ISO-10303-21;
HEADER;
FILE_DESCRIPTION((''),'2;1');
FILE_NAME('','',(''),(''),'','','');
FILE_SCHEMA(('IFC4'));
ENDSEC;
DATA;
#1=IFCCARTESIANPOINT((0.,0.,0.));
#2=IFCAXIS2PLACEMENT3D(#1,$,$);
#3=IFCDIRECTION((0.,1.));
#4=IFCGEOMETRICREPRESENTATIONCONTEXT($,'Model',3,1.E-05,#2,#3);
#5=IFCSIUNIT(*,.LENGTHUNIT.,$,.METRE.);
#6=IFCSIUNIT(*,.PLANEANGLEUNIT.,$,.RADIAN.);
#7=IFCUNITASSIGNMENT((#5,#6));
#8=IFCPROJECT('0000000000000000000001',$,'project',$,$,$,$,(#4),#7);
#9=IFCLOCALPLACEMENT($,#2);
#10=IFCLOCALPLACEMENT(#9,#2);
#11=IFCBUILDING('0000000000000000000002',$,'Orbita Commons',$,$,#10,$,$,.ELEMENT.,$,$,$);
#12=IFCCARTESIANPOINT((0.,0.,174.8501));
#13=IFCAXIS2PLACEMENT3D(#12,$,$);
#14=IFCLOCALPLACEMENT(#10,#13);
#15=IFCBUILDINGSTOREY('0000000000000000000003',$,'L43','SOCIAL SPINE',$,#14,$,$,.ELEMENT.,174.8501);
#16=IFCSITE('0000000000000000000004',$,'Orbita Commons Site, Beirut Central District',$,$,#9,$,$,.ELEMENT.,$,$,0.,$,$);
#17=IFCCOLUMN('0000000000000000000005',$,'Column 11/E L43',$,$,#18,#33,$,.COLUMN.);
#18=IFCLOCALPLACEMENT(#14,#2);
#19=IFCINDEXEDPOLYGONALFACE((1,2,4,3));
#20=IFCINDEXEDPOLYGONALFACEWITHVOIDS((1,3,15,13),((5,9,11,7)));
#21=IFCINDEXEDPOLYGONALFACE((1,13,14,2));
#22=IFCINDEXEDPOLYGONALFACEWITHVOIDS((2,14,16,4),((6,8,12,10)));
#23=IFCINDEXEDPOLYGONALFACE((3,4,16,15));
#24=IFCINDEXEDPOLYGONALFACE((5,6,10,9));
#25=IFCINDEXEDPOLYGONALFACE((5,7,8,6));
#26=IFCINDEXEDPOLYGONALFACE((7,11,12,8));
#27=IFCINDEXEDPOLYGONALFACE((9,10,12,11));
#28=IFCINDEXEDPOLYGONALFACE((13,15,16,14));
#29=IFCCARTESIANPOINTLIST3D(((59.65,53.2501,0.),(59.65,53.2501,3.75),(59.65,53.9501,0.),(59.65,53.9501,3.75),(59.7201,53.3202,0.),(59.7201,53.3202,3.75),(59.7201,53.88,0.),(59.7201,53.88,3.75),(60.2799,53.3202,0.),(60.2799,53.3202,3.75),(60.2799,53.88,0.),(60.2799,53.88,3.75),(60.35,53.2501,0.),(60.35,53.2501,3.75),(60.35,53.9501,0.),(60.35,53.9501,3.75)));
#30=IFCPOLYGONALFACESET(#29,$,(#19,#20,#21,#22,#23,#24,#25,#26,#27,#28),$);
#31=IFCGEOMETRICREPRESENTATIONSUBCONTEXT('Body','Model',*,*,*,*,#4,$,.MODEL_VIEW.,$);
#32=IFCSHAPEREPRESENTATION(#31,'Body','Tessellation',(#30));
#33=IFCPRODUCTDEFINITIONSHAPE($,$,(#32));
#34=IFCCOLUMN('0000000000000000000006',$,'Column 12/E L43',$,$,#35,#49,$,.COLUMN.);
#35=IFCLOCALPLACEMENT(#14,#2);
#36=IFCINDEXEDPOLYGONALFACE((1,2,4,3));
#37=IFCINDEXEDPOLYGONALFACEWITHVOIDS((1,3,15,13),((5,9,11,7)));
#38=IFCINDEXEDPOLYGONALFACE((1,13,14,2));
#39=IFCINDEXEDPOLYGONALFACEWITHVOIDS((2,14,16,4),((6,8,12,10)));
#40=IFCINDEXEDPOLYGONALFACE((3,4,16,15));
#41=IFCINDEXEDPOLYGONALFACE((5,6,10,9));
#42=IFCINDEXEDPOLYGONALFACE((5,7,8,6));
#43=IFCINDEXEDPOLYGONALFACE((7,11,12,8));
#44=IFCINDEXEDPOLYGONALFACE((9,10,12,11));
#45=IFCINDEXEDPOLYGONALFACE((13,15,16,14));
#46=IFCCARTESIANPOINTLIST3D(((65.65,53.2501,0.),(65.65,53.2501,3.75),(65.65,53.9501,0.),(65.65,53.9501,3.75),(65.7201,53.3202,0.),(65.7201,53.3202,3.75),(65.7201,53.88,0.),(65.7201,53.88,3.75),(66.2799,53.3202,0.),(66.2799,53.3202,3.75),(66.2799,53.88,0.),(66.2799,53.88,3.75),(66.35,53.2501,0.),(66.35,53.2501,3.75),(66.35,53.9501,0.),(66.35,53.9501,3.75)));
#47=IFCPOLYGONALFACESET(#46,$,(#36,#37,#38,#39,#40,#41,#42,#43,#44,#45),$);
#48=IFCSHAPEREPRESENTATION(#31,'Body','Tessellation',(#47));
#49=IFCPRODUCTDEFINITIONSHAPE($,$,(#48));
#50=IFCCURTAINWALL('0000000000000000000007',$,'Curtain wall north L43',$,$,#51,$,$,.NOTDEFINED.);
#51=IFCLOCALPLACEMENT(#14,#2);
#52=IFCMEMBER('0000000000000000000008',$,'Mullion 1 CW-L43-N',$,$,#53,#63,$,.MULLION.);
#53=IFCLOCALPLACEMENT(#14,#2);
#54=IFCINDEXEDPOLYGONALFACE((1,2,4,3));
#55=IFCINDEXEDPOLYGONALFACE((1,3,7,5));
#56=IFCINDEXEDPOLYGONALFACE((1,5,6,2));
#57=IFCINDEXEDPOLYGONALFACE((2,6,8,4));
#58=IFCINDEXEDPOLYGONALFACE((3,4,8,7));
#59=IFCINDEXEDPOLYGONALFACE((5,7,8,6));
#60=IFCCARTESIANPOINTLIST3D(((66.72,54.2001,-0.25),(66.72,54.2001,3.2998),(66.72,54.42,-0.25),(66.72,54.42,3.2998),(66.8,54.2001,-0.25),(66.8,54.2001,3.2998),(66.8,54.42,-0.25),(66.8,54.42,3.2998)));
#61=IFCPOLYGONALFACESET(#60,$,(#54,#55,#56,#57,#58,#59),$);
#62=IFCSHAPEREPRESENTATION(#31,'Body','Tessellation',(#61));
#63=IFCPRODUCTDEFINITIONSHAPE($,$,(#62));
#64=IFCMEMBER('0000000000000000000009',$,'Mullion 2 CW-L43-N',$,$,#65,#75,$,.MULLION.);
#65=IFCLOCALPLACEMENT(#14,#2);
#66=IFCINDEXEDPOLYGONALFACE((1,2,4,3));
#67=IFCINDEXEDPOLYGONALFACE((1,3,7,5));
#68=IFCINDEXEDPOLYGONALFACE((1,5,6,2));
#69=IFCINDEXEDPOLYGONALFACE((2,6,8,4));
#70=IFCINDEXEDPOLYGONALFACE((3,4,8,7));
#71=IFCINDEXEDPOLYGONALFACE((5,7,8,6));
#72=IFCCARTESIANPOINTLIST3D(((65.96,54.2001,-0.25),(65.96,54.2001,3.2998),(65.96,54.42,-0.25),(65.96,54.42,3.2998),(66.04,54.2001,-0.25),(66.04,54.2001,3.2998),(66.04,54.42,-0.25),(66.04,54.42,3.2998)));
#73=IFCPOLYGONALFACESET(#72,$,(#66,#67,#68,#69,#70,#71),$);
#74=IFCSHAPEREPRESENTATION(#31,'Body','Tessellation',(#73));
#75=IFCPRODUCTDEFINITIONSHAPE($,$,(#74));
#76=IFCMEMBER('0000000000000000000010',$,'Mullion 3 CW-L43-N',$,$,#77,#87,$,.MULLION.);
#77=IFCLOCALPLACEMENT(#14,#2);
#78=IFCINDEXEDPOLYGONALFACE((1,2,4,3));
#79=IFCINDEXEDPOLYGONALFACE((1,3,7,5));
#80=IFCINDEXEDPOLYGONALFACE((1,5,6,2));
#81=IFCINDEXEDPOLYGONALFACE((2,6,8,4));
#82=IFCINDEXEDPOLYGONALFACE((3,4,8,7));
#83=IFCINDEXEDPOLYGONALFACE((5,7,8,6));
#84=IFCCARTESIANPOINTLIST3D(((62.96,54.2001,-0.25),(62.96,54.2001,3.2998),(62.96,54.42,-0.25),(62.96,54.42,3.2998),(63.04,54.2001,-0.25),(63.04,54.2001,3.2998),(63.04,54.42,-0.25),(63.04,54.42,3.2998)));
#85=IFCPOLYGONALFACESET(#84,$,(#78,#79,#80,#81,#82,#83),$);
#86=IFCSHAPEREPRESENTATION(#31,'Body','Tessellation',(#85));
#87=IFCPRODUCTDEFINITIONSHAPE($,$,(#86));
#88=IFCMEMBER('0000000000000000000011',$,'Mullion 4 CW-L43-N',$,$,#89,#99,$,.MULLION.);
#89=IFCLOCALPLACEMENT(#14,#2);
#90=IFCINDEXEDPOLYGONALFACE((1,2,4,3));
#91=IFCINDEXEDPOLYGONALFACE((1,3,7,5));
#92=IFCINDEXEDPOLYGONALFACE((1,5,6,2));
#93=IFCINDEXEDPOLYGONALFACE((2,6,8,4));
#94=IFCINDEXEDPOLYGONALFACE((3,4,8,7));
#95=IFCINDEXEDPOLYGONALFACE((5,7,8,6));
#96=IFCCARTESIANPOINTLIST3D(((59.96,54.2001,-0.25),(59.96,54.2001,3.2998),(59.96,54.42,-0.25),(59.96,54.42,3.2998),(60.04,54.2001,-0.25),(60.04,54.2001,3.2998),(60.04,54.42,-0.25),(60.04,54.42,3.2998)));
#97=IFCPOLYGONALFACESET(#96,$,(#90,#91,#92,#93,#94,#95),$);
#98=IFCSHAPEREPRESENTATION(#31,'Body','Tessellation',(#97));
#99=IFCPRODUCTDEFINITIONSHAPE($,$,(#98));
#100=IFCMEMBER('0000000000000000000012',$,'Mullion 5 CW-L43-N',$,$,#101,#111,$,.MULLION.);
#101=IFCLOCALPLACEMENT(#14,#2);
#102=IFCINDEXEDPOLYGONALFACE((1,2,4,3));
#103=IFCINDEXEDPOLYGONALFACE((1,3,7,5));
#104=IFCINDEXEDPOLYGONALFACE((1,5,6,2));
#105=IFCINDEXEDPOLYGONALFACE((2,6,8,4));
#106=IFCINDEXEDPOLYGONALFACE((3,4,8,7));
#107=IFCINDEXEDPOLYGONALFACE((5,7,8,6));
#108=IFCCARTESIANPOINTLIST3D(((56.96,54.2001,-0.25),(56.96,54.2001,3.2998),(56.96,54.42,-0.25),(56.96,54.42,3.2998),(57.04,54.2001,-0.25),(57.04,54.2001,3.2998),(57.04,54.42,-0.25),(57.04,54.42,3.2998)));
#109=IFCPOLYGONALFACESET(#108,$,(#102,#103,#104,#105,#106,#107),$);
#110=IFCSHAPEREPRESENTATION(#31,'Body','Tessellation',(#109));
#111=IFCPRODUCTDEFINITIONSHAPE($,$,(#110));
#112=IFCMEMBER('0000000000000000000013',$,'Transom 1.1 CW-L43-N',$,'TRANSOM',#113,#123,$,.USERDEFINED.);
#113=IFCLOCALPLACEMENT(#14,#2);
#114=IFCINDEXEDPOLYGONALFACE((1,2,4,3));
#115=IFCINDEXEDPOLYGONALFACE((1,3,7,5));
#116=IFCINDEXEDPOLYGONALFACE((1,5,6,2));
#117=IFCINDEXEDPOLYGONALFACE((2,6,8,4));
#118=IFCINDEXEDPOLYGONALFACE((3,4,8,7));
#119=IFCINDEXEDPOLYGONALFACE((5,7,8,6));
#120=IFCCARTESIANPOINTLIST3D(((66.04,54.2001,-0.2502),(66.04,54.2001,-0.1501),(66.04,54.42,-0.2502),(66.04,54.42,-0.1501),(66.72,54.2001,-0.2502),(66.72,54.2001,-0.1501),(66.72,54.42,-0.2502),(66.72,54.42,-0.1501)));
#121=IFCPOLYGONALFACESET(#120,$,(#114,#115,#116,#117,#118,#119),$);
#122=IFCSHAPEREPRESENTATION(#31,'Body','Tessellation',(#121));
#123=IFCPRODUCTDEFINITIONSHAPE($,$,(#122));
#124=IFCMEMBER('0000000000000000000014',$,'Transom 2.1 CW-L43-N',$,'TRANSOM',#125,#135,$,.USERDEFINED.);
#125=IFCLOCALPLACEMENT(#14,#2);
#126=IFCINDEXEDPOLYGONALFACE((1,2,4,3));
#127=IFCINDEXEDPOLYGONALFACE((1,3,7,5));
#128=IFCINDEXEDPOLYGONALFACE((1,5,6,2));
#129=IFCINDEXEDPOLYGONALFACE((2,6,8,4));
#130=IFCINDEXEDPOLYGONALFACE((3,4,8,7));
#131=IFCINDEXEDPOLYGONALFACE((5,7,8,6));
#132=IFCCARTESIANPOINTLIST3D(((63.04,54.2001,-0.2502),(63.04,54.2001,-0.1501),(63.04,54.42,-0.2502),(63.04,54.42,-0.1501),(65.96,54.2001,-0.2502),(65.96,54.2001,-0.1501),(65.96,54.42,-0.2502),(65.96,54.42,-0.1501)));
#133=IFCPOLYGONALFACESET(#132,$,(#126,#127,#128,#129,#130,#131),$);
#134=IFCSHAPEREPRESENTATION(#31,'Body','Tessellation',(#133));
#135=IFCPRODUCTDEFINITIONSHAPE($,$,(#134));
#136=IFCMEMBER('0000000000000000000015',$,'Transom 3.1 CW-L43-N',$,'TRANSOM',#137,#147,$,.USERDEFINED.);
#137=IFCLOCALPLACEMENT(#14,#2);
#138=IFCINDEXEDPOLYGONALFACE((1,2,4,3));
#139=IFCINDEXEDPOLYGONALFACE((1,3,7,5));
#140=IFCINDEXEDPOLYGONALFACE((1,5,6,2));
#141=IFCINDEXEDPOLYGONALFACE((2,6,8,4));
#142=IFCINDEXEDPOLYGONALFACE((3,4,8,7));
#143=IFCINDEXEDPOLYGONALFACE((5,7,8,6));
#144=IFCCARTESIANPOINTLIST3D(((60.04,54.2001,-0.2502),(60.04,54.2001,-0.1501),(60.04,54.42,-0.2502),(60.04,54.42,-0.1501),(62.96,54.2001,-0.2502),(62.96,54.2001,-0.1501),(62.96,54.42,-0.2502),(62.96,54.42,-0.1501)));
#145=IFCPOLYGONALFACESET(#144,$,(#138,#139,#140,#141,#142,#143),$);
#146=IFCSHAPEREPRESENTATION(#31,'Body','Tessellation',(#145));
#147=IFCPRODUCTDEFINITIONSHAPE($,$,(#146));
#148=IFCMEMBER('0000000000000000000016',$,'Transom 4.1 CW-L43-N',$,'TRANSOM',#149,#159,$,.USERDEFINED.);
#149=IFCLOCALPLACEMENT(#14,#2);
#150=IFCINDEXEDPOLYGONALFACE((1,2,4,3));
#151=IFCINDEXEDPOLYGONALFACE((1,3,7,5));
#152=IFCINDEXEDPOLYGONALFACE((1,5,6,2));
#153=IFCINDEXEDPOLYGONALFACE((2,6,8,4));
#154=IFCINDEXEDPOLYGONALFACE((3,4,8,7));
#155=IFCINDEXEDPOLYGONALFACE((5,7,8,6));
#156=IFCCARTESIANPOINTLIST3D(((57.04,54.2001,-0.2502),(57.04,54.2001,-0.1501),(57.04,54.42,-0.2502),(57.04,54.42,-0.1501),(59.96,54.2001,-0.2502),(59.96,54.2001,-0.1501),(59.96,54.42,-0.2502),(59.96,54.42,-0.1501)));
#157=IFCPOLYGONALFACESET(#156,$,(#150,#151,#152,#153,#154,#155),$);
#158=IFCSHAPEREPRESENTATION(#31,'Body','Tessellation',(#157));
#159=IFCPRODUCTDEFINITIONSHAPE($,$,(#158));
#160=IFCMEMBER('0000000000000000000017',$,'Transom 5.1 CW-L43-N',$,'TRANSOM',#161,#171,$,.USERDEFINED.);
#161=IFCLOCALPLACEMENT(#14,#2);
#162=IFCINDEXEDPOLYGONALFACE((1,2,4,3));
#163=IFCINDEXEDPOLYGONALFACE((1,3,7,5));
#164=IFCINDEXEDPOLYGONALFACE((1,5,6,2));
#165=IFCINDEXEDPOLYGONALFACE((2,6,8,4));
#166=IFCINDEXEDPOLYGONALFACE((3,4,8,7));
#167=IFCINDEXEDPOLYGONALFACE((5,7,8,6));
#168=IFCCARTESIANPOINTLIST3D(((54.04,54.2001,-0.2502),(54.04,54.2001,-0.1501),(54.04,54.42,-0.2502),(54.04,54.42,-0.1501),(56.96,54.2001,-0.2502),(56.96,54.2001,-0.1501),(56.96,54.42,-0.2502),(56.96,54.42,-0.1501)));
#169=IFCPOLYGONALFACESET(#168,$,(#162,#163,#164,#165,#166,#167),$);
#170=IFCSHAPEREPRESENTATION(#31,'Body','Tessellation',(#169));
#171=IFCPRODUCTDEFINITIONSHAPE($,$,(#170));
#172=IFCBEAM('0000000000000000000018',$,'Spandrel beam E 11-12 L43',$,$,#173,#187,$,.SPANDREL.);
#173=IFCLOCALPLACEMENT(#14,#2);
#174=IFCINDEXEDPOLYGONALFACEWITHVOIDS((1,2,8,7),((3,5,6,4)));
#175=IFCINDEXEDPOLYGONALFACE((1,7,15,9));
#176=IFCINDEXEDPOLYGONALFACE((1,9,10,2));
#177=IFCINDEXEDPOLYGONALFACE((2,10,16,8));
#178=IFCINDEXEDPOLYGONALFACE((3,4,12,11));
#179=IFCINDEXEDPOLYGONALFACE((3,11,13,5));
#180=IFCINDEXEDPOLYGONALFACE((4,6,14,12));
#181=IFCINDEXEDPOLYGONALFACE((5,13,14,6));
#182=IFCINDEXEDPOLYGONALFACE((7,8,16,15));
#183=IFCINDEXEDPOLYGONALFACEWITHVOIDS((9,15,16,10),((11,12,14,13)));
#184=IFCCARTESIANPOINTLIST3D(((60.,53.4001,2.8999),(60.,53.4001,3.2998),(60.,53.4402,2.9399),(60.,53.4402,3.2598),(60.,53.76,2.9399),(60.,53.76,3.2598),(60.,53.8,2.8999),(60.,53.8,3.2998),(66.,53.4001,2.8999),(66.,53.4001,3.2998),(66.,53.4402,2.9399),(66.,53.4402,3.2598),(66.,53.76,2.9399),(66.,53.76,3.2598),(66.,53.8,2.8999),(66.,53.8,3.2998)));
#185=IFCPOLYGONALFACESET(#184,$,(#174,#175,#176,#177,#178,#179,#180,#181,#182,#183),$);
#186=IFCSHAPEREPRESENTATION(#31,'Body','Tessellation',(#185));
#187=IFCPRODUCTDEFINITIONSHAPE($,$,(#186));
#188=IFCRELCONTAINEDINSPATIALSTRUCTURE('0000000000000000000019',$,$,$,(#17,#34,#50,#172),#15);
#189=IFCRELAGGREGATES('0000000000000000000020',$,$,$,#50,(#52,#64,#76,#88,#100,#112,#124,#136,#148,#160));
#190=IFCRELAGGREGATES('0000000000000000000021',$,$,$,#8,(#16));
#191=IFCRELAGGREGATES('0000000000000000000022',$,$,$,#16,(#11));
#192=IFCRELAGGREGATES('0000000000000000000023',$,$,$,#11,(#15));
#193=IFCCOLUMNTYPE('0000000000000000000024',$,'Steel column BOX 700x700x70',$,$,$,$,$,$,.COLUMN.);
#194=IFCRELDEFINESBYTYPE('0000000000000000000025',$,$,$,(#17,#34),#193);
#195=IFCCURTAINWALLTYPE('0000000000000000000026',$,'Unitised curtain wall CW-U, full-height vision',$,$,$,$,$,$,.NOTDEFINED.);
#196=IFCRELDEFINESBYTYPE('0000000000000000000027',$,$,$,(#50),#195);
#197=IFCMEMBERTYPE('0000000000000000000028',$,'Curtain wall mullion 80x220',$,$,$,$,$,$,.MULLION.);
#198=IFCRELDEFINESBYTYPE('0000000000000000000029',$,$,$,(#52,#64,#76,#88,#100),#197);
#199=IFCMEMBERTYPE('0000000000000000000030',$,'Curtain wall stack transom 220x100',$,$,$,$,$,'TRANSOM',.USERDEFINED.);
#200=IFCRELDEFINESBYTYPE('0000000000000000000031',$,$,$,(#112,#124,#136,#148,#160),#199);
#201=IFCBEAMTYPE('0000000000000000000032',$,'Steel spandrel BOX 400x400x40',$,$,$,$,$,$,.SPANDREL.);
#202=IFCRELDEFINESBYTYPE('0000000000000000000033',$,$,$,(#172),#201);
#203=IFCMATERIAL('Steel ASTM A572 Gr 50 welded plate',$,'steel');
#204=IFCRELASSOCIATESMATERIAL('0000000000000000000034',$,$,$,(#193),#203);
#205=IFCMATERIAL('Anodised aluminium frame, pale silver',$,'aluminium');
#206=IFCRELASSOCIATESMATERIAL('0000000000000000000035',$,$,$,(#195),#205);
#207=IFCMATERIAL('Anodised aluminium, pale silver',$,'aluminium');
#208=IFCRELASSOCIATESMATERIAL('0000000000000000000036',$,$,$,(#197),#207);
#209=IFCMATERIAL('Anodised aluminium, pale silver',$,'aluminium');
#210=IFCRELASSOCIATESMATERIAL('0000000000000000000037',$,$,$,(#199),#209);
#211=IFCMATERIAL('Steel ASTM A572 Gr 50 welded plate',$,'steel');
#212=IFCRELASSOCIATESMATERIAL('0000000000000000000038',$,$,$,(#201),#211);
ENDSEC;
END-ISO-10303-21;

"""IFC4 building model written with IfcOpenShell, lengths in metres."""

from ifc_helpers import new_model, si_unit, direction, frame, origin, origin_2d, place, context, subcontext, project, spatial, rectangle, hollow_rectangle, extrude, material, material_profile, profile_set, type_object, element, aggregate, save


model = new_model("IFC4")

# Units and contexts
model_context = context("Model", 3, precision=1e-05, world=origin(), true_north=direction((0.0, 1.0)))
body_context = subcontext(model_context, "Body", "Model", "MODEL_VIEW")
ifc_project = project(units=[si_unit("LENGTHUNIT", "METRE"), si_unit("PLANEANGLEUNIT", "RADIAN")], contexts=[model_context])

# Site, building, storey
site_placement = place(None, origin())
site = spatial("IfcSite", under=ifc_project, at=site_placement, Name="Orbita Commons Site, Beirut Central District", CompositionType="ELEMENT", RefElevation=0.0)
building_placement = place(site_placement, origin())
building = spatial("IfcBuilding", under=site, at=building_placement, Name="Orbita Commons", CompositionType="ELEMENT")
storey_placement = place(building_placement, frame((0.0, 0.0, 174.8501)))
storey = spatial("IfcBuildingStorey", under=building, at=storey_placement, Name="L43", Description="SOCIAL SPINE", CompositionType="ELEMENT", Elevation=174.8501)

# Columns
ifc_material_1 = material(Name="Steel ASTM A572 Gr 50 welded plate", Category="steel")
ifc_material_profile_1 = material_profile(ifc_material_1, hollow_rectangle(XDim=0.7, YDim=0.7, WallThickness=0.0701, at=origin_2d()), Name="BOX 700x700x70")
ifc_profile_set_1 = profile_set([ifc_material_profile_1], Name="Steel ASTM A572 Gr 50 welded plate")
column_type = type_object("IfcColumnType", Name="Steel column BOX 700x700x70", PredefinedType="COLUMN", material=ifc_profile_set_1)
for number, where, z_axis, x_axis, name in (
    (1, (60.0, 53.6001, 0.0), (0.0, 0.0, 1.0), (1.0, 0.0, 0.0), "Column 11/E L43"),
    (2, (66.0, 53.6001, 0.0), (0.0, 0.0, 1.0), (1.0, 0.0, 0.0), "Column 12/E L43"),
):
    element("IfcColumn", number, at=place(storey_placement, frame(where, z_axis=z_axis, x_axis=x_axis)), inside=storey, type_object=column_type, Name=name, PredefinedType="COLUMN", context=body_context, shape_type="SweptSolid", body=[
        extrude(hollow_rectangle(XDim=0.7, YDim=0.7, WallThickness=0.0701, at=origin_2d()), origin(), (0.0, 0.0, 1.0), 3.75),
    ])

# Curtain wall, members
ifc_material_2 = material(Name="Anodised aluminium frame, pale silver", Category="aluminium")
curtain_wall_type = type_object("IfcCurtainWallType", Name="Unitised curtain wall CW-U, full-height vision", PredefinedType="NOTDEFINED", material=ifc_material_2)
curtain_wall_placement = place(storey_placement, origin())
curtain_wall = element("IfcCurtainWall", 3, at=curtain_wall_placement, inside=storey, type_object=curtain_wall_type, Name="Curtain wall north L43", PredefinedType="NOTDEFINED")
ifc_material_3 = material(Name="Anodised aluminium, pale silver", Category="aluminium")
ifc_material_profile_2 = material_profile(ifc_material_3, rectangle(XDim=0.0801, YDim=0.22, at=origin_2d()), Name="AL 80x220")
ifc_profile_set_2 = profile_set([ifc_material_profile_2], Name="Anodised aluminium, pale silver")
member_type_1 = type_object("IfcMemberType", Name="Curtain wall mullion 80x220", PredefinedType="MULLION", material=ifc_profile_set_2)
member_1_placement = place(storey_placement, frame((66.76, 54.3101, -0.25), z_axis=(0.0, 0.0, 1.0), x_axis=(-1.0, 0.0, 0.0)))
member_1 = element("IfcMember", 4, at=member_1_placement, type_object=member_type_1, Name="Mullion 1 CW-L43-N", PredefinedType="MULLION", context=body_context, shape_type="SweptSolid", body=[
    extrude(rectangle(XDim=0.0801, YDim=0.22, at=origin_2d()), origin(), (0.0, 0.0, 1.0), 3.5498),
])
member_2_placement = place(storey_placement, frame((66.0, 54.3101, -0.25), z_axis=(0.0, 0.0, 1.0), x_axis=(-1.0, 0.0, 0.0)))
member_2 = element("IfcMember", 5, at=member_2_placement, type_object=member_type_1, Name="Mullion 2 CW-L43-N", PredefinedType="MULLION", context=body_context, shape_type="SweptSolid", body=[
    extrude(rectangle(XDim=0.0801, YDim=0.22, at=origin_2d()), origin(), (0.0, 0.0, 1.0), 3.5498),
])
member_3_placement = place(storey_placement, frame((63.0, 54.3101, -0.25), z_axis=(0.0, 0.0, 1.0), x_axis=(-1.0, 0.0, 0.0)))
member_3 = element("IfcMember", 6, at=member_3_placement, type_object=member_type_1, Name="Mullion 3 CW-L43-N", PredefinedType="MULLION", context=body_context, shape_type="SweptSolid", body=[
    extrude(rectangle(XDim=0.0801, YDim=0.22, at=origin_2d()), origin(), (0.0, 0.0, 1.0), 3.5498),
])
member_4_placement = place(storey_placement, frame((60.0, 54.3101, -0.25), z_axis=(0.0, 0.0, 1.0), x_axis=(-1.0, 0.0, 0.0)))
member_4 = element("IfcMember", 7, at=member_4_placement, type_object=member_type_1, Name="Mullion 4 CW-L43-N", PredefinedType="MULLION", context=body_context, shape_type="SweptSolid", body=[
    extrude(rectangle(XDim=0.0801, YDim=0.22, at=origin_2d()), origin(), (0.0, 0.0, 1.0), 3.5498),
])
member_5_placement = place(storey_placement, frame((57.0, 54.3101, -0.25), z_axis=(0.0, 0.0, 1.0), x_axis=(-1.0, 0.0, 0.0)))
member_5 = element("IfcMember", 8, at=member_5_placement, type_object=member_type_1, Name="Mullion 5 CW-L43-N", PredefinedType="MULLION", context=body_context, shape_type="SweptSolid", body=[
    extrude(rectangle(XDim=0.0801, YDim=0.22, at=origin_2d()), origin(), (0.0, 0.0, 1.0), 3.5498),
])
ifc_material_4 = material(Name="Anodised aluminium, pale silver", Category="aluminium")
ifc_material_profile_3 = material_profile(ifc_material_4, rectangle(XDim=0.22, YDim=0.1001, at=origin_2d()), Name="AL 220x100")
ifc_profile_set_3 = profile_set([ifc_material_profile_3], Name="Anodised aluminium, pale silver")
member_type_2 = type_object("IfcMemberType", Name="Curtain wall stack transom 220x100", ElementType="TRANSOM", PredefinedType="USERDEFINED", material=ifc_profile_set_3)
member_6_placement = place(storey_placement, frame((66.72, 54.3101, -0.2002), z_axis=(-1.0, 0.0, 0.0), x_axis=(0.0, -1.0, 0.0)))
member_6 = element("IfcMember", 9, at=member_6_placement, type_object=member_type_2, Name="Transom 1.1 CW-L43-N", ObjectType="TRANSOM", PredefinedType="USERDEFINED", context=body_context, shape_type="SweptSolid", body=[
    extrude(rectangle(XDim=0.22, YDim=0.1001, at=origin_2d()), origin(), (0.0, 0.0, 1.0), 0.6799),
])
member_7_placement = place(storey_placement, frame((65.96, 54.3101, -0.2002), z_axis=(-1.0, 0.0, 0.0), x_axis=(0.0, -1.0, 0.0)))
member_7 = element("IfcMember", 10, at=member_7_placement, type_object=member_type_2, Name="Transom 2.1 CW-L43-N", ObjectType="TRANSOM", PredefinedType="USERDEFINED", context=body_context, shape_type="SweptSolid", body=[
    extrude(rectangle(XDim=0.22, YDim=0.1001, at=origin_2d()), origin(), (0.0, 0.0, 1.0), 2.9199),
])
member_8_placement = place(storey_placement, frame((62.96, 54.3101, -0.2002), z_axis=(-1.0, 0.0, 0.0), x_axis=(0.0, -1.0, 0.0)))
member_8 = element("IfcMember", 11, at=member_8_placement, type_object=member_type_2, Name="Transom 3.1 CW-L43-N", ObjectType="TRANSOM", PredefinedType="USERDEFINED", context=body_context, shape_type="SweptSolid", body=[
    extrude(rectangle(XDim=0.22, YDim=0.1001, at=origin_2d()), origin(), (0.0, 0.0, 1.0), 2.9199),
])
member_9_placement = place(storey_placement, frame((59.96, 54.3101, -0.2002), z_axis=(-1.0, 0.0, 0.0), x_axis=(0.0, -1.0, 0.0)))
member_9 = element("IfcMember", 12, at=member_9_placement, type_object=member_type_2, Name="Transom 4.1 CW-L43-N", ObjectType="TRANSOM", PredefinedType="USERDEFINED", context=body_context, shape_type="SweptSolid", body=[
    extrude(rectangle(XDim=0.22, YDim=0.1001, at=origin_2d()), origin(), (0.0, 0.0, 1.0), 2.9199),
])
member_10_placement = place(storey_placement, frame((56.96, 54.3101, -0.2002), z_axis=(-1.0, 0.0, 0.0), x_axis=(0.0, -1.0, 0.0)))
member_10 = element("IfcMember", 13, at=member_10_placement, type_object=member_type_2, Name="Transom 5.1 CW-L43-N", ObjectType="TRANSOM", PredefinedType="USERDEFINED", context=body_context, shape_type="SweptSolid", body=[
    extrude(rectangle(XDim=0.22, YDim=0.1001, at=origin_2d()), origin(), (0.0, 0.0, 1.0), 2.9199),
])

# Beam
ifc_material_5 = material(Name="Steel ASTM A572 Gr 50 welded plate", Category="steel")
ifc_material_profile_4 = material_profile(ifc_material_5, hollow_rectangle(XDim=0.3999, YDim=0.3999, WallThickness=0.04, at=origin_2d()), Name="BOX 400x400x40")
ifc_profile_set_4 = profile_set([ifc_material_profile_4], Name="Steel ASTM A572 Gr 50 welded plate")
beam_type = type_object("IfcBeamType", Name="Steel spandrel BOX 400x400x40", PredefinedType="SPANDREL", material=ifc_profile_set_4)
beam_placement = place(storey_placement, frame((60.0, 53.6001, 3.0999), z_axis=(1.0, 0.0, 0.0), x_axis=(0.0, 1.0, 0.0)))
element("IfcBeam", 14, at=beam_placement, inside=storey, type_object=beam_type, Name="Spandrel beam E 11-12 L43", PredefinedType="SPANDREL", context=body_context, shape_type="SweptSolid", body=[
    extrude(hollow_rectangle(XDim=0.3999, YDim=0.3999, WallThickness=0.04, at=origin_2d()), origin(), (0.0, 0.0, 1.0), 6.0),
])

aggregate(curtain_wall, [member_1, member_2, member_3, member_4, member_5, member_6, member_7, member_8, member_9, member_10])

save(model, "model.ifc")
